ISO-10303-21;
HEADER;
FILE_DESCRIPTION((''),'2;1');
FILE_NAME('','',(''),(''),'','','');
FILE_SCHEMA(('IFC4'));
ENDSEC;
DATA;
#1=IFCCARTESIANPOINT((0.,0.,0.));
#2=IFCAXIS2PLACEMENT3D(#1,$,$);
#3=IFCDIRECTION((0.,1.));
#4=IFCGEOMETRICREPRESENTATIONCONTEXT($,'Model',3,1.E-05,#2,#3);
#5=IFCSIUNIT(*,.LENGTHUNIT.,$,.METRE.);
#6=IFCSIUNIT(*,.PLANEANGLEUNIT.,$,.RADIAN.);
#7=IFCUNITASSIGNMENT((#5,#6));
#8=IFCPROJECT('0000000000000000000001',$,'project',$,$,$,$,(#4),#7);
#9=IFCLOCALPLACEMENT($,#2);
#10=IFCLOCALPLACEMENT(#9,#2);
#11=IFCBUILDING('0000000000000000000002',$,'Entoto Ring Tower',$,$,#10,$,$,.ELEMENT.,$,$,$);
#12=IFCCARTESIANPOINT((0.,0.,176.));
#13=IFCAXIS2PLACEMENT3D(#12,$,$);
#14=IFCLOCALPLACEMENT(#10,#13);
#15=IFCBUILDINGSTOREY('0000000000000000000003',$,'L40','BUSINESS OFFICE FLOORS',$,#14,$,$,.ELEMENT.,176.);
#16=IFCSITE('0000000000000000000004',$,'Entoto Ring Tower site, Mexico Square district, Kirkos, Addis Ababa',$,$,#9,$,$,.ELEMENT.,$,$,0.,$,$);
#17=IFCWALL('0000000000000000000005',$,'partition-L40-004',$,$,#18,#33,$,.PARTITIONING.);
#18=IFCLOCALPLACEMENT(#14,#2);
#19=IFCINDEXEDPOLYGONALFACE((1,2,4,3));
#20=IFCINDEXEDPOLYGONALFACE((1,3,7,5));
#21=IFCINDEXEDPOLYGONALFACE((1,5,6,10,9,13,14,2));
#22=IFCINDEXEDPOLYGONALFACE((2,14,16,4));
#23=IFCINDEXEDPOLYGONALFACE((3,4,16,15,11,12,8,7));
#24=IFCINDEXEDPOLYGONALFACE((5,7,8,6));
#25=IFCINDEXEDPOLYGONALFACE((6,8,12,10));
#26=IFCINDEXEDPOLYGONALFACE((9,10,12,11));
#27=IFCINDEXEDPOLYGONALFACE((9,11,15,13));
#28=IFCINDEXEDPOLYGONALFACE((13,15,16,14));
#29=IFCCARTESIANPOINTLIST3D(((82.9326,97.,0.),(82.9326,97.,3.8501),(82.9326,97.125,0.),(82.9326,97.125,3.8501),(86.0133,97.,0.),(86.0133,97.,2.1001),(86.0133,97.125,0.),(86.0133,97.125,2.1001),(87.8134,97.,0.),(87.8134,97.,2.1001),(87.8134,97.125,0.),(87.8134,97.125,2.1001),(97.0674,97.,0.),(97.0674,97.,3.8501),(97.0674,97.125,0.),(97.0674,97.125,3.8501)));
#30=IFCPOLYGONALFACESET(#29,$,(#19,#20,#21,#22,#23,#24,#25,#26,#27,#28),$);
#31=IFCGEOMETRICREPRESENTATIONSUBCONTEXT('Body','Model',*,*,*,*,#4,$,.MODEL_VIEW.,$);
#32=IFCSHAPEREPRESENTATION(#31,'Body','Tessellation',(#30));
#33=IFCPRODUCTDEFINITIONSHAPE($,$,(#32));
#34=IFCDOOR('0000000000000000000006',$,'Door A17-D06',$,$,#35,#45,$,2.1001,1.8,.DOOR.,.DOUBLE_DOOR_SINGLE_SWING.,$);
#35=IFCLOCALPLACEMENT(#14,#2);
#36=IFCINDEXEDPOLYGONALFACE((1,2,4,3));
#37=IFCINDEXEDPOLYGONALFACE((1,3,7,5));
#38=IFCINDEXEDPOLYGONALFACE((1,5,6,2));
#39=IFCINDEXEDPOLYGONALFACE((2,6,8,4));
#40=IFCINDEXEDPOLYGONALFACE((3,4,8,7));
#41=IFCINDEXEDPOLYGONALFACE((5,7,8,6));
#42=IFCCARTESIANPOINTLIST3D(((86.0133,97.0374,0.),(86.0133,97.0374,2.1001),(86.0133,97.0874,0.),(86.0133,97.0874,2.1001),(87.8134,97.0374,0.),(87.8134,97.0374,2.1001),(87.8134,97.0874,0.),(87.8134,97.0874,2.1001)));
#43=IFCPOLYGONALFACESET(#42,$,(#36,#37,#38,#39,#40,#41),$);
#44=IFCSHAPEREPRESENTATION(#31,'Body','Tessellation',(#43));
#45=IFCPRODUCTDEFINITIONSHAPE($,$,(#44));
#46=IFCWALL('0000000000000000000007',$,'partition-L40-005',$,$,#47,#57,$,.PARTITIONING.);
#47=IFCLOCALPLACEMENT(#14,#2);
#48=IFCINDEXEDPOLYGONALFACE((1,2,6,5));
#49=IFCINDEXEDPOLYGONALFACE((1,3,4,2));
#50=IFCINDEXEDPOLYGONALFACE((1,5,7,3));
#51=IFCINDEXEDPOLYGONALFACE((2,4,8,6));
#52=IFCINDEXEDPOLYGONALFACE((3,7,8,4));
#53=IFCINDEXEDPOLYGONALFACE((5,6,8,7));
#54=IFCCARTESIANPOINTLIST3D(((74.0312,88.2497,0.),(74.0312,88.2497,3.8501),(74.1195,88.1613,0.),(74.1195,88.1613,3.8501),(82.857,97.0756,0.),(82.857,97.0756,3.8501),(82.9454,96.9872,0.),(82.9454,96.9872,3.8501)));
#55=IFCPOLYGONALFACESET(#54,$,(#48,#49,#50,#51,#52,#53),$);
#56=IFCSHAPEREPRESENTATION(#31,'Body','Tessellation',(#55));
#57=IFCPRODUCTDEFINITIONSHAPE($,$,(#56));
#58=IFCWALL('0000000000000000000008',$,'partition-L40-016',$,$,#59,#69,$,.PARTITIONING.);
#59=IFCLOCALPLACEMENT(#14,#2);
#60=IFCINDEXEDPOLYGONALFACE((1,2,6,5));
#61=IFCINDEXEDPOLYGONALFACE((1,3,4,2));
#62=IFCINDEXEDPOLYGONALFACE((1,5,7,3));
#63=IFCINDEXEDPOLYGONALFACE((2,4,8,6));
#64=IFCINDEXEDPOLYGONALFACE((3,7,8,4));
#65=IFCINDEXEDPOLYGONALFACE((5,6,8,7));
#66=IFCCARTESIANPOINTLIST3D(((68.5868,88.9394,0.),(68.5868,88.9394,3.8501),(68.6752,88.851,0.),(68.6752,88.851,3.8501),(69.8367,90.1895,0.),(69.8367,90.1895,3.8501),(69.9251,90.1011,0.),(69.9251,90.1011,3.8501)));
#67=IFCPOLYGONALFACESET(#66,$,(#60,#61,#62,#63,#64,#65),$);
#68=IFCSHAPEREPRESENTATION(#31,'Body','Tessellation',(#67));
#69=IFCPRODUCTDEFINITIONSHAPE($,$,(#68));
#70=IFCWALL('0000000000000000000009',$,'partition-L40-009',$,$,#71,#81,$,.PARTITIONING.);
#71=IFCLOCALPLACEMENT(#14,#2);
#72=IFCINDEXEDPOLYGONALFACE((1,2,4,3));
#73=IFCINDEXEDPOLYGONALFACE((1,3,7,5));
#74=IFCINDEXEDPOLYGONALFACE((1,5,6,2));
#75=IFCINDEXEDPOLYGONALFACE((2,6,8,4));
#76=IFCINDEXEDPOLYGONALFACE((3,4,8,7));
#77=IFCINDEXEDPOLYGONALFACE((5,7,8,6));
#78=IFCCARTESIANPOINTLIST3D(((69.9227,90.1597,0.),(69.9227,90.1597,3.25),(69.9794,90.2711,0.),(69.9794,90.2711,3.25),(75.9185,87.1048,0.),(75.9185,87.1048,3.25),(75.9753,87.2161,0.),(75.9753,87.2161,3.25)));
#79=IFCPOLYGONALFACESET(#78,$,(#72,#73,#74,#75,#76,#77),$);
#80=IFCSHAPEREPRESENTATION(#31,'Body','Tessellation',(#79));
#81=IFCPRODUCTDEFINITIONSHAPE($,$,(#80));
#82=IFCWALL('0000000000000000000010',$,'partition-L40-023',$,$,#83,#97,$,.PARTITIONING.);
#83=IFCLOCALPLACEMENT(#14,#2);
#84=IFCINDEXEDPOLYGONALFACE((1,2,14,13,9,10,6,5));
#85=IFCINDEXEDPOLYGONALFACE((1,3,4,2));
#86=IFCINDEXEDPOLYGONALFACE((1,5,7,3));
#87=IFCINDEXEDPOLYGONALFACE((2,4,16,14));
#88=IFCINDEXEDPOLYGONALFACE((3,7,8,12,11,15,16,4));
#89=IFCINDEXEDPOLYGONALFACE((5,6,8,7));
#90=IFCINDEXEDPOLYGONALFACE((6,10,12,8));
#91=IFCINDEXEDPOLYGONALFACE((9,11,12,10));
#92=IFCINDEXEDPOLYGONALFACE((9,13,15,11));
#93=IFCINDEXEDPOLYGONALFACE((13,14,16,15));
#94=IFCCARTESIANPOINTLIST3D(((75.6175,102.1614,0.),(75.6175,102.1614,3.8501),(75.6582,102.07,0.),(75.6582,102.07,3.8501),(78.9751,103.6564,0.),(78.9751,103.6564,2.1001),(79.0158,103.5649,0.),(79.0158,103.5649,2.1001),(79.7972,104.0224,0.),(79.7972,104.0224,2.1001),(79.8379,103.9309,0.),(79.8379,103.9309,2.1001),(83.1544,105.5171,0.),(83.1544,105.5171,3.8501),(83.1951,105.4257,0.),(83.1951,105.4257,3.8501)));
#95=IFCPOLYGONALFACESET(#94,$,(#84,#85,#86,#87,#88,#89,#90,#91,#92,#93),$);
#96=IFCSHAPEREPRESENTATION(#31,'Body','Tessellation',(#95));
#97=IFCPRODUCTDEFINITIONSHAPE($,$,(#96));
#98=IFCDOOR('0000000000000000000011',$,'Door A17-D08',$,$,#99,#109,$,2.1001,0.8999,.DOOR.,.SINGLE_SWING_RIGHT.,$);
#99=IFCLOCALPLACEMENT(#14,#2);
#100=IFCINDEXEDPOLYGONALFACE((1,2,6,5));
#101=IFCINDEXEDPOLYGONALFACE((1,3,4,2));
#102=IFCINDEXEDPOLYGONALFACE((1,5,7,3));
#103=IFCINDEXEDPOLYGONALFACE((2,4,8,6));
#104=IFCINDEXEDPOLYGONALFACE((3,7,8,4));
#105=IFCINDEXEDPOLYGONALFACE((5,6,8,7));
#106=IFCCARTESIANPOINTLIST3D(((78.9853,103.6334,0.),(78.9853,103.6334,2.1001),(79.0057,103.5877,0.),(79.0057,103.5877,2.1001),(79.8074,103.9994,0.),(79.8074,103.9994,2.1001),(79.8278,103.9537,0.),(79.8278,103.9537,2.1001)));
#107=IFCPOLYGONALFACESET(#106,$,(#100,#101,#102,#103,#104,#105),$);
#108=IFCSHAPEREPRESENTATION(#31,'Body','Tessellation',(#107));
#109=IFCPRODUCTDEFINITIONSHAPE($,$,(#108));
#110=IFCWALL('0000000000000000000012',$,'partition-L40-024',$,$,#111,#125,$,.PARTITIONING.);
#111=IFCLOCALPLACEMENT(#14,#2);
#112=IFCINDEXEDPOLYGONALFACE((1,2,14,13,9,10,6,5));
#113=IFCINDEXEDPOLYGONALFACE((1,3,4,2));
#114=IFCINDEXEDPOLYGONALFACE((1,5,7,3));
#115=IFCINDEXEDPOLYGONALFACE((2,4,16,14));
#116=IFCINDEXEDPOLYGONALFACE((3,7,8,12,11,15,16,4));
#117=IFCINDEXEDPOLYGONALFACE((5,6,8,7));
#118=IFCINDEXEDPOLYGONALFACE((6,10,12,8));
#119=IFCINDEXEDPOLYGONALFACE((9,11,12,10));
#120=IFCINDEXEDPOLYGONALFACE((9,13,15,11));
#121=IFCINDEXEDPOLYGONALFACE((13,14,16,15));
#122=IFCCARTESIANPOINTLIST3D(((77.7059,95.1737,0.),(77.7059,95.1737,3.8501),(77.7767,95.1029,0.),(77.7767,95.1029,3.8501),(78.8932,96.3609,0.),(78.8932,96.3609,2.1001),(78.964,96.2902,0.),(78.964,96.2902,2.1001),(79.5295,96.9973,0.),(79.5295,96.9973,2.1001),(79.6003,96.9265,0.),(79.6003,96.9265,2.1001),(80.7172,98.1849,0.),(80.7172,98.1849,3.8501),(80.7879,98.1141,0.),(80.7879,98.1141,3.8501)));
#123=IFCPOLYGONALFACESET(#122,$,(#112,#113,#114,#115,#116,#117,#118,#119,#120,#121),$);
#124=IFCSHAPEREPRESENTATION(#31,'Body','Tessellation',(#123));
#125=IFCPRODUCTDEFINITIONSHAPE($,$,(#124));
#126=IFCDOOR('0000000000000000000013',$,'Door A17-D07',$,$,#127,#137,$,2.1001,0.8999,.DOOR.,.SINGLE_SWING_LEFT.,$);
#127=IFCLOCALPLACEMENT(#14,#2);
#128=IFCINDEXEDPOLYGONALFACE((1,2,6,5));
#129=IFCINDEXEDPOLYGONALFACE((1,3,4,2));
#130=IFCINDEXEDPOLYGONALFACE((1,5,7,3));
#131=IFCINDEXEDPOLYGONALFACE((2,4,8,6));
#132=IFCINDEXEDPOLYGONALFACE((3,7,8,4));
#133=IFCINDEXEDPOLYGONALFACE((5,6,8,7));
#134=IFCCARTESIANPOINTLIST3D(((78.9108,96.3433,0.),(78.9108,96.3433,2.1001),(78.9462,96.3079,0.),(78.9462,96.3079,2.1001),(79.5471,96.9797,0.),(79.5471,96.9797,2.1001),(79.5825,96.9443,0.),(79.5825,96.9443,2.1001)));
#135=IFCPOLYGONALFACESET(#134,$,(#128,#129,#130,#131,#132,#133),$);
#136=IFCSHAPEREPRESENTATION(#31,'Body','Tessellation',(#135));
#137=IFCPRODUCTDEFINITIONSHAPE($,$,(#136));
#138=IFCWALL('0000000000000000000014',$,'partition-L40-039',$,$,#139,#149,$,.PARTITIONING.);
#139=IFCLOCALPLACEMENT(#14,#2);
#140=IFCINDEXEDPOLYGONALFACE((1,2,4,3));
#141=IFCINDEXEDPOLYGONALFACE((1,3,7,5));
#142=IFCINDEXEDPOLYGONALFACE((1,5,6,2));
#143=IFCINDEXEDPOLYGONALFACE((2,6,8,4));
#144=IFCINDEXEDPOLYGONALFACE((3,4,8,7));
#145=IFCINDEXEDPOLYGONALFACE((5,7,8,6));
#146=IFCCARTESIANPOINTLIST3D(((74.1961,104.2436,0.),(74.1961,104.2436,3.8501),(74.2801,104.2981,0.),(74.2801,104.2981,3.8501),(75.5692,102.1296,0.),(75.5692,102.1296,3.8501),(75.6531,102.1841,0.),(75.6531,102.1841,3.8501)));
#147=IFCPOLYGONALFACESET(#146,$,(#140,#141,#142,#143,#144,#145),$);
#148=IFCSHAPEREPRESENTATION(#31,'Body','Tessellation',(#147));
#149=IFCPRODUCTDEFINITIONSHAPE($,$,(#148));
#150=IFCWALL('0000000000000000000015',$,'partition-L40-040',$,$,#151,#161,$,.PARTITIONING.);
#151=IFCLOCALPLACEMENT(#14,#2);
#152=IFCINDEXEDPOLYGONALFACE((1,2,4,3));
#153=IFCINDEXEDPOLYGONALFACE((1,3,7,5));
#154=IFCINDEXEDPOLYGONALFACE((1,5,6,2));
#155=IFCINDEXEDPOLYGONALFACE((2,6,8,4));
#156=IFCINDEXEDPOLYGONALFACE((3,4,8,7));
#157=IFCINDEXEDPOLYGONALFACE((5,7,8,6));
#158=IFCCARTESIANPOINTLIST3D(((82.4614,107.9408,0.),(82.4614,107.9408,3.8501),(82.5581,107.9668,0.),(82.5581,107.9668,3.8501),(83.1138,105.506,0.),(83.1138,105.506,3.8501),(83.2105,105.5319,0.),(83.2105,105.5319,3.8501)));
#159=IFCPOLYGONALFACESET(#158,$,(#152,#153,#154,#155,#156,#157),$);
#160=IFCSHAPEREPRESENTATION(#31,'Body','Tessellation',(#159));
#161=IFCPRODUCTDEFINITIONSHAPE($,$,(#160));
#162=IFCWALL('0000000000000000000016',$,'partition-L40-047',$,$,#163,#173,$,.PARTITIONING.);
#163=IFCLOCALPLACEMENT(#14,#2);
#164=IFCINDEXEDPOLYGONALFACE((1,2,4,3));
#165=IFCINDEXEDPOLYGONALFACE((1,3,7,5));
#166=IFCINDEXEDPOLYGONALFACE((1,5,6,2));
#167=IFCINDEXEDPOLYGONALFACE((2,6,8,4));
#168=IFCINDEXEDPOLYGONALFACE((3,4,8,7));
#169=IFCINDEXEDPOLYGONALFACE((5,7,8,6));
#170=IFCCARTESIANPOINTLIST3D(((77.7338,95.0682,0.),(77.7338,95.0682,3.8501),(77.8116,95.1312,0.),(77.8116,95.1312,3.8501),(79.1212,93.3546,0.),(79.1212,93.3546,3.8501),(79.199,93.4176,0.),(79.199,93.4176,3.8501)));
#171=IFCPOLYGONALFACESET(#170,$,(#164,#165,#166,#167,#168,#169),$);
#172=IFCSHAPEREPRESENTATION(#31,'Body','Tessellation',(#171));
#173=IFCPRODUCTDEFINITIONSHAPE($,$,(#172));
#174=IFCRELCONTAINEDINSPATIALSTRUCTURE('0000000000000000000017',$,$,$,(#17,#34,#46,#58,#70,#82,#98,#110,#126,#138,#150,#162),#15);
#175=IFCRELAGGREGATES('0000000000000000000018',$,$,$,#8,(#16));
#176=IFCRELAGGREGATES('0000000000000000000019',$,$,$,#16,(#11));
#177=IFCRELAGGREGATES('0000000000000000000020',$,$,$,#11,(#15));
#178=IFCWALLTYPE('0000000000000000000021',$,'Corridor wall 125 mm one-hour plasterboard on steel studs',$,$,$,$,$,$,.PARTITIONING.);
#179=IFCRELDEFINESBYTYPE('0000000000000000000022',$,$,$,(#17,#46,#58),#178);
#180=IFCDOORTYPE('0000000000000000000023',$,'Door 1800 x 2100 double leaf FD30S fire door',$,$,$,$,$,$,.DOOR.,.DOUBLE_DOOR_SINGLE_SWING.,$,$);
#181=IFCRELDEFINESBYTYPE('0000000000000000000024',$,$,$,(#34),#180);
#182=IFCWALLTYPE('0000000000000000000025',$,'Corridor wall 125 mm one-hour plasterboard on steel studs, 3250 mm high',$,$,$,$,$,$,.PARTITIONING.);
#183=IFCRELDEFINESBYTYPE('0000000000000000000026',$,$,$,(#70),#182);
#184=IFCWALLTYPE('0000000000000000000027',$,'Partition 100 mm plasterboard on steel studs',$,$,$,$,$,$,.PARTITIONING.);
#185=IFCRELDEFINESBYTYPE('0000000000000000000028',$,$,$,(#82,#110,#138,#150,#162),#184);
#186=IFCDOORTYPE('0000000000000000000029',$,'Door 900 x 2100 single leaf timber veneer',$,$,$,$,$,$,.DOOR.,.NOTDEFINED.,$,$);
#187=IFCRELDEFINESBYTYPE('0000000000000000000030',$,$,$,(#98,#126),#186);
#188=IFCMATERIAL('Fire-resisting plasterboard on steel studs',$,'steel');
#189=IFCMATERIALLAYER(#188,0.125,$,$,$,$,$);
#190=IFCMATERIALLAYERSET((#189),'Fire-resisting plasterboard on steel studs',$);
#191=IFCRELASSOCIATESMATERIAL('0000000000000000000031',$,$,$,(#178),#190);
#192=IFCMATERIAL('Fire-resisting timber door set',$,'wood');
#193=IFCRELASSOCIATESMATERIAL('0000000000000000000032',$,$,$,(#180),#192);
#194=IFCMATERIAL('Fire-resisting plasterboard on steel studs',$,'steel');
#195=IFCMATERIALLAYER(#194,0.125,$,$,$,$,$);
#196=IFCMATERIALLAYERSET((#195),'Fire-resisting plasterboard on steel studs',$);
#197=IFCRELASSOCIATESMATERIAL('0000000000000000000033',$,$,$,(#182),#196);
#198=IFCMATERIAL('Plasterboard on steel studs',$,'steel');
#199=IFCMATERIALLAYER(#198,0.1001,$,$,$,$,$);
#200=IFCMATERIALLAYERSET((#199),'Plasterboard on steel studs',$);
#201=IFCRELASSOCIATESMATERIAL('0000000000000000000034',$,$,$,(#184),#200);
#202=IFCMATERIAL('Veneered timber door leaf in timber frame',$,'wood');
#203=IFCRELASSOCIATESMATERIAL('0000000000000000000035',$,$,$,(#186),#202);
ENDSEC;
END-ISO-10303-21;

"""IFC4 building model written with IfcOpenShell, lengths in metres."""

from ifc_helpers import new_model, si_unit, direction, frame, frame_2d, origin, place, context, subcontext, project, spatial, rectangle, extrude, material, layer, layer_set, type_object, element, fill, save


model = new_model("IFC4")

# Units and contexts
model_context = context("Model", 3, precision=1e-05, world=origin(), true_north=direction((0.0, 1.0)))
body_context = subcontext(model_context, "Body", "Model", "MODEL_VIEW")
ifc_project = project(units=[si_unit("LENGTHUNIT", "METRE"), si_unit("PLANEANGLEUNIT", "RADIAN")], contexts=[model_context])

# Site, building, storey
site_placement = place(None, origin())
site = spatial("IfcSite", under=ifc_project, at=site_placement, Name="Entoto Ring Tower site, Mexico Square district, Kirkos, Addis Ababa", CompositionType="ELEMENT", RefElevation=0.0)
building_placement = place(site_placement, origin())
building = spatial("IfcBuilding", under=site, at=building_placement, Name="Entoto Ring Tower", CompositionType="ELEMENT")
storey_placement = place(building_placement, frame((0.0, 0.0, 176.0)))
storey = spatial("IfcBuildingStorey", under=building, at=storey_placement, Name="L40", Description="BUSINESS OFFICE FLOORS", CompositionType="ELEMENT", Elevation=176.0)

# Wall, opening, door
ifc_material_1 = material(Name="Fire-resisting plasterboard on steel studs", Category="steel")
ifc_layer_1 = layer(ifc_material_1, 0.125)
ifc_layer_set_1 = layer_set([ifc_layer_1], Name="Fire-resisting plasterboard on steel studs")
wall_type_1 = type_object("IfcWallType", Name="Corridor wall 125 mm one-hour plasterboard on steel studs", PredefinedType="PARTITIONING", material=ifc_layer_set_1)
wall_1_placement = place(storey_placement, frame((82.9326, 97.0625, 0.0), z_axis=(0.0, 0.0, 1.0), x_axis=(1.0, 0.0, 0.0)))
wall_1 = element("IfcWall", 1, at=wall_1_placement, inside=storey, type_object=wall_type_1, Name="partition-L40-004", PredefinedType="PARTITIONING", context=body_context, shape_type="SweptSolid", body=[
    extrude(rectangle(XDim=14.1348, YDim=0.125, at=frame_2d((7.0674, 0.0))), origin(), (0.0, 0.0, 1.0), 3.8501),
])
opening_1_placement = place(wall_1_placement, frame((3.0808, 0.0, 0.0)))
opening_1 = element("IfcOpeningElement", 2, at=opening_1_placement, cuts=wall_1, PredefinedType="OPENING", context=body_context, shape_type="SweptSolid", body=[
    extrude(rectangle(XDim=1.8, YDim=2.1001, at=frame_2d((0.8999, 1.05))), frame((0.0, 0.0725, 0.0), z_axis=(0.0, -1.0, 0.0), x_axis=(1.0, 0.0, 0.0)), (0.0, 0.0, 1.0), 0.145),
])
ifc_material_2 = material(Name="Fire-resisting timber door set", Category="wood")
door_type_1 = type_object("IfcDoorType", Name="Door 1800 x 2100 double leaf FD30S fire door", OperationType="DOUBLE_DOOR_SINGLE_SWING", PredefinedType="DOOR", material=ifc_material_2)
door_1_placement = place(opening_1_placement, origin())
door_1 = element("IfcDoor", 3, at=door_1_placement, inside=storey, type_object=door_type_1, Name="Door A17-D06", OperationType="DOUBLE_DOOR_SINGLE_SWING", OverallHeight=2.1001, OverallWidth=1.8, PredefinedType="DOOR", context=body_context, shape_type="SweptSolid", body=[
    extrude(rectangle(XDim=1.8, YDim=2.1001, at=frame_2d((0.8999, 1.05))), frame((0.0, 0.0249, 0.0), z_axis=(0.0, -1.0, 0.0), x_axis=(1.0, 0.0, 0.0)), (0.0, 0.0, 1.0), 0.05),
])
fill(opening_1, door_1)

# Walls
wall_2_placement = place(storey_placement, frame((74.0754, 88.2056, 0.0), z_axis=(0.0, 0.0, 1.0), x_axis=(0.707107, 0.707107, 0.0)))
element("IfcWall", 4, at=wall_2_placement, inside=storey, type_object=wall_type_1, Name="partition-L40-005", PredefinedType="PARTITIONING", context=body_context, shape_type="SweptSolid", body=[
    extrude(rectangle(XDim=12.4817, YDim=0.125, at=frame_2d((6.2407, 0.0))), origin(), (0.0, 0.0, 1.0), 3.8501),
])
wall_3_placement = place(storey_placement, frame((68.6311, 88.8953, 0.0), z_axis=(0.0, 0.0, 1.0), x_axis=(0.707038, 0.707176, 0.0)))
element("IfcWall", 5, at=wall_3_placement, inside=storey, type_object=wall_type_1, Name="partition-L40-016", PredefinedType="PARTITIONING", context=body_context, shape_type="SweptSolid", body=[
    extrude(rectangle(XDim=1.7678, YDim=0.125, at=frame_2d((0.8838, 0.0))), origin(), (0.0, 0.0, 1.0), 3.8501),
])
ifc_material_3 = material(Name="Fire-resisting plasterboard on steel studs", Category="steel")
ifc_layer_2 = layer(ifc_material_3, 0.125)
ifc_layer_set_2 = layer_set([ifc_layer_2], Name="Fire-resisting plasterboard on steel studs")
wall_type_2 = type_object("IfcWallType", Name="Corridor wall 125 mm one-hour plasterboard on steel studs, 3250 mm high", PredefinedType="PARTITIONING", material=ifc_layer_set_2)
wall_4_placement = place(storey_placement, frame((75.947, 87.1604, 0.0), z_axis=(0.0, 0.0, 1.0), x_axis=(-0.891013, 0.453978, 0.0)))
element("IfcWall", 6, at=wall_4_placement, inside=storey, type_object=wall_type_2, Name="partition-L40-009", PredefinedType="PARTITIONING", context=body_context, shape_type="SweptSolid", body=[
    extrude(rectangle(XDim=6.7292, YDim=0.125, at=frame_2d((3.3647, 0.0))), origin(), (0.0, 0.0, 1.0), 3.25),
])

# Walls, openings, doors
ifc_material_4 = material(Name="Plasterboard on steel studs", Category="steel")
ifc_layer_3 = layer(ifc_material_4, 0.1001)
ifc_layer_set_3 = layer_set([ifc_layer_3], Name="Plasterboard on steel studs")
wall_type_3 = type_object("IfcWallType", Name="Partition 100 mm plasterboard on steel studs", PredefinedType="PARTITIONING", material=ifc_layer_set_3)
wall_5_placement = place(storey_placement, frame((75.6379, 102.1157, 0.0), z_axis=(0.0, 0.0, 1.0), x_axis=(0.913542, 0.406745, 0.0)))
wall_5 = element("IfcWall", 7, at=wall_5_placement, inside=storey, type_object=wall_type_3, Name="partition-L40-023", PredefinedType="PARTITIONING", context=body_context, shape_type="SweptSolid", body=[
    extrude(rectangle(XDim=8.2502, YDim=0.1001, at=frame_2d((4.125, 0.0))), origin(), (0.0, 0.0, 1.0), 3.8501),
])
opening_2_placement = place(wall_5_placement, frame((3.6753, 0.0, 0.0)))
opening_2 = element("IfcOpeningElement", 8, at=opening_2_placement, cuts=wall_5, PredefinedType="OPENING", context=body_context, shape_type="SweptSolid", body=[
    extrude(rectangle(XDim=0.8999, YDim=2.1001, at=frame_2d((0.45, 1.05))), frame((0.0, 0.0601, 0.0), z_axis=(0.0, -1.0, 0.0), x_axis=(1.0, 0.0, 0.0)), (0.0, 0.0, 1.0), 0.1201),
])
ifc_material_5 = material(Name="Veneered timber door leaf in timber frame", Category="wood")
door_type_2 = type_object("IfcDoorType", Name="Door 900 x 2100 single leaf timber veneer", OperationType="NOTDEFINED", PredefinedType="DOOR", material=ifc_material_5)
door_2_placement = place(opening_2_placement, origin())
door_2 = element("IfcDoor", 9, at=door_2_placement, inside=storey, type_object=door_type_2, Name="Door A17-D08", OperationType="SINGLE_SWING_RIGHT", OverallHeight=2.1001, OverallWidth=0.8999, PredefinedType="DOOR", context=body_context, shape_type="SweptSolid", body=[
    extrude(rectangle(XDim=0.8999, YDim=2.1001, at=frame_2d((0.45, 1.05))), frame((0.0, 0.0249, 0.0), z_axis=(0.0, -1.0, 0.0), x_axis=(1.0, 0.0, 0.0)), (0.0, 0.0, 1.0), 0.05),
])
fill(opening_2, door_2)
wall_6_placement = place(storey_placement, frame((77.7412, 95.1382, 0.0), z_axis=(0.0, 0.0, 1.0), x_axis=(0.707107, 0.707107, 0.0)))
wall_6 = element("IfcWall", 10, at=wall_6_placement, inside=storey, type_object=wall_type_3, Name="partition-L40-024", PredefinedType="PARTITIONING", context=body_context, shape_type="SweptSolid", body=[
    extrude(rectangle(XDim=4.2585, YDim=0.1001, at=frame_2d((2.1294, 0.0))), origin(), (0.0, 0.0, 1.0), 3.8501),
])
opening_3_placement = place(wall_6_placement, frame((1.6792, 0.0, 0.0)))
opening_3 = element("IfcOpeningElement", 11, at=opening_3_placement, cuts=wall_6, PredefinedType="OPENING", context=body_context, shape_type="SweptSolid", body=[
    extrude(rectangle(XDim=0.8999, YDim=2.1001, at=frame_2d((0.45, 1.05))), frame((0.0, 0.0601, 0.0), z_axis=(0.0, -1.0, 0.0), x_axis=(1.0, 0.0, 0.0)), (0.0, 0.0, 1.0), 0.1201),
])
door_3_placement = place(opening_3_placement, frame((0.8999, 0.0, 0.0), z_axis=(0.0, 0.0, 1.0), x_axis=(-1.0, 0.0, 0.0)))
door_3 = element("IfcDoor", 12, at=door_3_placement, inside=storey, type_object=door_type_2, Name="Door A17-D07", OperationType="SINGLE_SWING_LEFT", OverallHeight=2.1001, OverallWidth=0.8999, PredefinedType="DOOR", context=body_context, shape_type="SweptSolid", body=[
    extrude(rectangle(XDim=0.8999, YDim=2.1001, at=frame_2d((0.45, 1.05))), frame((0.0, 0.0249, 0.0), z_axis=(0.0, -1.0, 0.0), x_axis=(1.0, 0.0, 0.0)), (0.0, 0.0, 1.0), 0.05),
])
fill(opening_3, door_3)

# Walls
for number, where, z_axis, x_axis, name in (
    (13, (75.6111, 102.157, 0.0), (0.0, 0.0, 1.0), (-0.544692, 0.838636, 0.0), "partition-L40-039"),
    (14, (83.1621, 105.519, 0.0), (0.0, 0.0, 1.0), (-0.258796, 0.965932, 0.0), "partition-L40-040"),
):
    element("IfcWall", number, at=place(storey_placement, frame(where, z_axis=z_axis, x_axis=x_axis)), inside=storey, type_object=wall_type_3, Name=name, PredefinedType="PARTITIONING", context=body_context, shape_type="SweptSolid", body=[
        extrude(rectangle(XDim=2.5208, YDim=0.1001, at=frame_2d((1.2603, 0.0))), origin(), (0.0, 0.0, 1.0), 3.8501),
    ])
wall_7_placement = place(storey_placement, frame((79.1602, 93.386, 0.0), z_axis=(0.0, 0.0, 1.0), x_axis=(-0.629262, 0.777193, 0.0)))
element("IfcWall", 15, at=wall_7_placement, inside=storey, type_object=wall_type_3, Name="partition-L40-047", PredefinedType="PARTITIONING", context=body_context, shape_type="SweptSolid", body=[
    extrude(rectangle(XDim=2.2048, YDim=0.1001, at=frame_2d((1.1025, 0.0))), origin(), (0.0, 0.0, 1.0), 3.8501),
])

save(model, "model.ifc")
